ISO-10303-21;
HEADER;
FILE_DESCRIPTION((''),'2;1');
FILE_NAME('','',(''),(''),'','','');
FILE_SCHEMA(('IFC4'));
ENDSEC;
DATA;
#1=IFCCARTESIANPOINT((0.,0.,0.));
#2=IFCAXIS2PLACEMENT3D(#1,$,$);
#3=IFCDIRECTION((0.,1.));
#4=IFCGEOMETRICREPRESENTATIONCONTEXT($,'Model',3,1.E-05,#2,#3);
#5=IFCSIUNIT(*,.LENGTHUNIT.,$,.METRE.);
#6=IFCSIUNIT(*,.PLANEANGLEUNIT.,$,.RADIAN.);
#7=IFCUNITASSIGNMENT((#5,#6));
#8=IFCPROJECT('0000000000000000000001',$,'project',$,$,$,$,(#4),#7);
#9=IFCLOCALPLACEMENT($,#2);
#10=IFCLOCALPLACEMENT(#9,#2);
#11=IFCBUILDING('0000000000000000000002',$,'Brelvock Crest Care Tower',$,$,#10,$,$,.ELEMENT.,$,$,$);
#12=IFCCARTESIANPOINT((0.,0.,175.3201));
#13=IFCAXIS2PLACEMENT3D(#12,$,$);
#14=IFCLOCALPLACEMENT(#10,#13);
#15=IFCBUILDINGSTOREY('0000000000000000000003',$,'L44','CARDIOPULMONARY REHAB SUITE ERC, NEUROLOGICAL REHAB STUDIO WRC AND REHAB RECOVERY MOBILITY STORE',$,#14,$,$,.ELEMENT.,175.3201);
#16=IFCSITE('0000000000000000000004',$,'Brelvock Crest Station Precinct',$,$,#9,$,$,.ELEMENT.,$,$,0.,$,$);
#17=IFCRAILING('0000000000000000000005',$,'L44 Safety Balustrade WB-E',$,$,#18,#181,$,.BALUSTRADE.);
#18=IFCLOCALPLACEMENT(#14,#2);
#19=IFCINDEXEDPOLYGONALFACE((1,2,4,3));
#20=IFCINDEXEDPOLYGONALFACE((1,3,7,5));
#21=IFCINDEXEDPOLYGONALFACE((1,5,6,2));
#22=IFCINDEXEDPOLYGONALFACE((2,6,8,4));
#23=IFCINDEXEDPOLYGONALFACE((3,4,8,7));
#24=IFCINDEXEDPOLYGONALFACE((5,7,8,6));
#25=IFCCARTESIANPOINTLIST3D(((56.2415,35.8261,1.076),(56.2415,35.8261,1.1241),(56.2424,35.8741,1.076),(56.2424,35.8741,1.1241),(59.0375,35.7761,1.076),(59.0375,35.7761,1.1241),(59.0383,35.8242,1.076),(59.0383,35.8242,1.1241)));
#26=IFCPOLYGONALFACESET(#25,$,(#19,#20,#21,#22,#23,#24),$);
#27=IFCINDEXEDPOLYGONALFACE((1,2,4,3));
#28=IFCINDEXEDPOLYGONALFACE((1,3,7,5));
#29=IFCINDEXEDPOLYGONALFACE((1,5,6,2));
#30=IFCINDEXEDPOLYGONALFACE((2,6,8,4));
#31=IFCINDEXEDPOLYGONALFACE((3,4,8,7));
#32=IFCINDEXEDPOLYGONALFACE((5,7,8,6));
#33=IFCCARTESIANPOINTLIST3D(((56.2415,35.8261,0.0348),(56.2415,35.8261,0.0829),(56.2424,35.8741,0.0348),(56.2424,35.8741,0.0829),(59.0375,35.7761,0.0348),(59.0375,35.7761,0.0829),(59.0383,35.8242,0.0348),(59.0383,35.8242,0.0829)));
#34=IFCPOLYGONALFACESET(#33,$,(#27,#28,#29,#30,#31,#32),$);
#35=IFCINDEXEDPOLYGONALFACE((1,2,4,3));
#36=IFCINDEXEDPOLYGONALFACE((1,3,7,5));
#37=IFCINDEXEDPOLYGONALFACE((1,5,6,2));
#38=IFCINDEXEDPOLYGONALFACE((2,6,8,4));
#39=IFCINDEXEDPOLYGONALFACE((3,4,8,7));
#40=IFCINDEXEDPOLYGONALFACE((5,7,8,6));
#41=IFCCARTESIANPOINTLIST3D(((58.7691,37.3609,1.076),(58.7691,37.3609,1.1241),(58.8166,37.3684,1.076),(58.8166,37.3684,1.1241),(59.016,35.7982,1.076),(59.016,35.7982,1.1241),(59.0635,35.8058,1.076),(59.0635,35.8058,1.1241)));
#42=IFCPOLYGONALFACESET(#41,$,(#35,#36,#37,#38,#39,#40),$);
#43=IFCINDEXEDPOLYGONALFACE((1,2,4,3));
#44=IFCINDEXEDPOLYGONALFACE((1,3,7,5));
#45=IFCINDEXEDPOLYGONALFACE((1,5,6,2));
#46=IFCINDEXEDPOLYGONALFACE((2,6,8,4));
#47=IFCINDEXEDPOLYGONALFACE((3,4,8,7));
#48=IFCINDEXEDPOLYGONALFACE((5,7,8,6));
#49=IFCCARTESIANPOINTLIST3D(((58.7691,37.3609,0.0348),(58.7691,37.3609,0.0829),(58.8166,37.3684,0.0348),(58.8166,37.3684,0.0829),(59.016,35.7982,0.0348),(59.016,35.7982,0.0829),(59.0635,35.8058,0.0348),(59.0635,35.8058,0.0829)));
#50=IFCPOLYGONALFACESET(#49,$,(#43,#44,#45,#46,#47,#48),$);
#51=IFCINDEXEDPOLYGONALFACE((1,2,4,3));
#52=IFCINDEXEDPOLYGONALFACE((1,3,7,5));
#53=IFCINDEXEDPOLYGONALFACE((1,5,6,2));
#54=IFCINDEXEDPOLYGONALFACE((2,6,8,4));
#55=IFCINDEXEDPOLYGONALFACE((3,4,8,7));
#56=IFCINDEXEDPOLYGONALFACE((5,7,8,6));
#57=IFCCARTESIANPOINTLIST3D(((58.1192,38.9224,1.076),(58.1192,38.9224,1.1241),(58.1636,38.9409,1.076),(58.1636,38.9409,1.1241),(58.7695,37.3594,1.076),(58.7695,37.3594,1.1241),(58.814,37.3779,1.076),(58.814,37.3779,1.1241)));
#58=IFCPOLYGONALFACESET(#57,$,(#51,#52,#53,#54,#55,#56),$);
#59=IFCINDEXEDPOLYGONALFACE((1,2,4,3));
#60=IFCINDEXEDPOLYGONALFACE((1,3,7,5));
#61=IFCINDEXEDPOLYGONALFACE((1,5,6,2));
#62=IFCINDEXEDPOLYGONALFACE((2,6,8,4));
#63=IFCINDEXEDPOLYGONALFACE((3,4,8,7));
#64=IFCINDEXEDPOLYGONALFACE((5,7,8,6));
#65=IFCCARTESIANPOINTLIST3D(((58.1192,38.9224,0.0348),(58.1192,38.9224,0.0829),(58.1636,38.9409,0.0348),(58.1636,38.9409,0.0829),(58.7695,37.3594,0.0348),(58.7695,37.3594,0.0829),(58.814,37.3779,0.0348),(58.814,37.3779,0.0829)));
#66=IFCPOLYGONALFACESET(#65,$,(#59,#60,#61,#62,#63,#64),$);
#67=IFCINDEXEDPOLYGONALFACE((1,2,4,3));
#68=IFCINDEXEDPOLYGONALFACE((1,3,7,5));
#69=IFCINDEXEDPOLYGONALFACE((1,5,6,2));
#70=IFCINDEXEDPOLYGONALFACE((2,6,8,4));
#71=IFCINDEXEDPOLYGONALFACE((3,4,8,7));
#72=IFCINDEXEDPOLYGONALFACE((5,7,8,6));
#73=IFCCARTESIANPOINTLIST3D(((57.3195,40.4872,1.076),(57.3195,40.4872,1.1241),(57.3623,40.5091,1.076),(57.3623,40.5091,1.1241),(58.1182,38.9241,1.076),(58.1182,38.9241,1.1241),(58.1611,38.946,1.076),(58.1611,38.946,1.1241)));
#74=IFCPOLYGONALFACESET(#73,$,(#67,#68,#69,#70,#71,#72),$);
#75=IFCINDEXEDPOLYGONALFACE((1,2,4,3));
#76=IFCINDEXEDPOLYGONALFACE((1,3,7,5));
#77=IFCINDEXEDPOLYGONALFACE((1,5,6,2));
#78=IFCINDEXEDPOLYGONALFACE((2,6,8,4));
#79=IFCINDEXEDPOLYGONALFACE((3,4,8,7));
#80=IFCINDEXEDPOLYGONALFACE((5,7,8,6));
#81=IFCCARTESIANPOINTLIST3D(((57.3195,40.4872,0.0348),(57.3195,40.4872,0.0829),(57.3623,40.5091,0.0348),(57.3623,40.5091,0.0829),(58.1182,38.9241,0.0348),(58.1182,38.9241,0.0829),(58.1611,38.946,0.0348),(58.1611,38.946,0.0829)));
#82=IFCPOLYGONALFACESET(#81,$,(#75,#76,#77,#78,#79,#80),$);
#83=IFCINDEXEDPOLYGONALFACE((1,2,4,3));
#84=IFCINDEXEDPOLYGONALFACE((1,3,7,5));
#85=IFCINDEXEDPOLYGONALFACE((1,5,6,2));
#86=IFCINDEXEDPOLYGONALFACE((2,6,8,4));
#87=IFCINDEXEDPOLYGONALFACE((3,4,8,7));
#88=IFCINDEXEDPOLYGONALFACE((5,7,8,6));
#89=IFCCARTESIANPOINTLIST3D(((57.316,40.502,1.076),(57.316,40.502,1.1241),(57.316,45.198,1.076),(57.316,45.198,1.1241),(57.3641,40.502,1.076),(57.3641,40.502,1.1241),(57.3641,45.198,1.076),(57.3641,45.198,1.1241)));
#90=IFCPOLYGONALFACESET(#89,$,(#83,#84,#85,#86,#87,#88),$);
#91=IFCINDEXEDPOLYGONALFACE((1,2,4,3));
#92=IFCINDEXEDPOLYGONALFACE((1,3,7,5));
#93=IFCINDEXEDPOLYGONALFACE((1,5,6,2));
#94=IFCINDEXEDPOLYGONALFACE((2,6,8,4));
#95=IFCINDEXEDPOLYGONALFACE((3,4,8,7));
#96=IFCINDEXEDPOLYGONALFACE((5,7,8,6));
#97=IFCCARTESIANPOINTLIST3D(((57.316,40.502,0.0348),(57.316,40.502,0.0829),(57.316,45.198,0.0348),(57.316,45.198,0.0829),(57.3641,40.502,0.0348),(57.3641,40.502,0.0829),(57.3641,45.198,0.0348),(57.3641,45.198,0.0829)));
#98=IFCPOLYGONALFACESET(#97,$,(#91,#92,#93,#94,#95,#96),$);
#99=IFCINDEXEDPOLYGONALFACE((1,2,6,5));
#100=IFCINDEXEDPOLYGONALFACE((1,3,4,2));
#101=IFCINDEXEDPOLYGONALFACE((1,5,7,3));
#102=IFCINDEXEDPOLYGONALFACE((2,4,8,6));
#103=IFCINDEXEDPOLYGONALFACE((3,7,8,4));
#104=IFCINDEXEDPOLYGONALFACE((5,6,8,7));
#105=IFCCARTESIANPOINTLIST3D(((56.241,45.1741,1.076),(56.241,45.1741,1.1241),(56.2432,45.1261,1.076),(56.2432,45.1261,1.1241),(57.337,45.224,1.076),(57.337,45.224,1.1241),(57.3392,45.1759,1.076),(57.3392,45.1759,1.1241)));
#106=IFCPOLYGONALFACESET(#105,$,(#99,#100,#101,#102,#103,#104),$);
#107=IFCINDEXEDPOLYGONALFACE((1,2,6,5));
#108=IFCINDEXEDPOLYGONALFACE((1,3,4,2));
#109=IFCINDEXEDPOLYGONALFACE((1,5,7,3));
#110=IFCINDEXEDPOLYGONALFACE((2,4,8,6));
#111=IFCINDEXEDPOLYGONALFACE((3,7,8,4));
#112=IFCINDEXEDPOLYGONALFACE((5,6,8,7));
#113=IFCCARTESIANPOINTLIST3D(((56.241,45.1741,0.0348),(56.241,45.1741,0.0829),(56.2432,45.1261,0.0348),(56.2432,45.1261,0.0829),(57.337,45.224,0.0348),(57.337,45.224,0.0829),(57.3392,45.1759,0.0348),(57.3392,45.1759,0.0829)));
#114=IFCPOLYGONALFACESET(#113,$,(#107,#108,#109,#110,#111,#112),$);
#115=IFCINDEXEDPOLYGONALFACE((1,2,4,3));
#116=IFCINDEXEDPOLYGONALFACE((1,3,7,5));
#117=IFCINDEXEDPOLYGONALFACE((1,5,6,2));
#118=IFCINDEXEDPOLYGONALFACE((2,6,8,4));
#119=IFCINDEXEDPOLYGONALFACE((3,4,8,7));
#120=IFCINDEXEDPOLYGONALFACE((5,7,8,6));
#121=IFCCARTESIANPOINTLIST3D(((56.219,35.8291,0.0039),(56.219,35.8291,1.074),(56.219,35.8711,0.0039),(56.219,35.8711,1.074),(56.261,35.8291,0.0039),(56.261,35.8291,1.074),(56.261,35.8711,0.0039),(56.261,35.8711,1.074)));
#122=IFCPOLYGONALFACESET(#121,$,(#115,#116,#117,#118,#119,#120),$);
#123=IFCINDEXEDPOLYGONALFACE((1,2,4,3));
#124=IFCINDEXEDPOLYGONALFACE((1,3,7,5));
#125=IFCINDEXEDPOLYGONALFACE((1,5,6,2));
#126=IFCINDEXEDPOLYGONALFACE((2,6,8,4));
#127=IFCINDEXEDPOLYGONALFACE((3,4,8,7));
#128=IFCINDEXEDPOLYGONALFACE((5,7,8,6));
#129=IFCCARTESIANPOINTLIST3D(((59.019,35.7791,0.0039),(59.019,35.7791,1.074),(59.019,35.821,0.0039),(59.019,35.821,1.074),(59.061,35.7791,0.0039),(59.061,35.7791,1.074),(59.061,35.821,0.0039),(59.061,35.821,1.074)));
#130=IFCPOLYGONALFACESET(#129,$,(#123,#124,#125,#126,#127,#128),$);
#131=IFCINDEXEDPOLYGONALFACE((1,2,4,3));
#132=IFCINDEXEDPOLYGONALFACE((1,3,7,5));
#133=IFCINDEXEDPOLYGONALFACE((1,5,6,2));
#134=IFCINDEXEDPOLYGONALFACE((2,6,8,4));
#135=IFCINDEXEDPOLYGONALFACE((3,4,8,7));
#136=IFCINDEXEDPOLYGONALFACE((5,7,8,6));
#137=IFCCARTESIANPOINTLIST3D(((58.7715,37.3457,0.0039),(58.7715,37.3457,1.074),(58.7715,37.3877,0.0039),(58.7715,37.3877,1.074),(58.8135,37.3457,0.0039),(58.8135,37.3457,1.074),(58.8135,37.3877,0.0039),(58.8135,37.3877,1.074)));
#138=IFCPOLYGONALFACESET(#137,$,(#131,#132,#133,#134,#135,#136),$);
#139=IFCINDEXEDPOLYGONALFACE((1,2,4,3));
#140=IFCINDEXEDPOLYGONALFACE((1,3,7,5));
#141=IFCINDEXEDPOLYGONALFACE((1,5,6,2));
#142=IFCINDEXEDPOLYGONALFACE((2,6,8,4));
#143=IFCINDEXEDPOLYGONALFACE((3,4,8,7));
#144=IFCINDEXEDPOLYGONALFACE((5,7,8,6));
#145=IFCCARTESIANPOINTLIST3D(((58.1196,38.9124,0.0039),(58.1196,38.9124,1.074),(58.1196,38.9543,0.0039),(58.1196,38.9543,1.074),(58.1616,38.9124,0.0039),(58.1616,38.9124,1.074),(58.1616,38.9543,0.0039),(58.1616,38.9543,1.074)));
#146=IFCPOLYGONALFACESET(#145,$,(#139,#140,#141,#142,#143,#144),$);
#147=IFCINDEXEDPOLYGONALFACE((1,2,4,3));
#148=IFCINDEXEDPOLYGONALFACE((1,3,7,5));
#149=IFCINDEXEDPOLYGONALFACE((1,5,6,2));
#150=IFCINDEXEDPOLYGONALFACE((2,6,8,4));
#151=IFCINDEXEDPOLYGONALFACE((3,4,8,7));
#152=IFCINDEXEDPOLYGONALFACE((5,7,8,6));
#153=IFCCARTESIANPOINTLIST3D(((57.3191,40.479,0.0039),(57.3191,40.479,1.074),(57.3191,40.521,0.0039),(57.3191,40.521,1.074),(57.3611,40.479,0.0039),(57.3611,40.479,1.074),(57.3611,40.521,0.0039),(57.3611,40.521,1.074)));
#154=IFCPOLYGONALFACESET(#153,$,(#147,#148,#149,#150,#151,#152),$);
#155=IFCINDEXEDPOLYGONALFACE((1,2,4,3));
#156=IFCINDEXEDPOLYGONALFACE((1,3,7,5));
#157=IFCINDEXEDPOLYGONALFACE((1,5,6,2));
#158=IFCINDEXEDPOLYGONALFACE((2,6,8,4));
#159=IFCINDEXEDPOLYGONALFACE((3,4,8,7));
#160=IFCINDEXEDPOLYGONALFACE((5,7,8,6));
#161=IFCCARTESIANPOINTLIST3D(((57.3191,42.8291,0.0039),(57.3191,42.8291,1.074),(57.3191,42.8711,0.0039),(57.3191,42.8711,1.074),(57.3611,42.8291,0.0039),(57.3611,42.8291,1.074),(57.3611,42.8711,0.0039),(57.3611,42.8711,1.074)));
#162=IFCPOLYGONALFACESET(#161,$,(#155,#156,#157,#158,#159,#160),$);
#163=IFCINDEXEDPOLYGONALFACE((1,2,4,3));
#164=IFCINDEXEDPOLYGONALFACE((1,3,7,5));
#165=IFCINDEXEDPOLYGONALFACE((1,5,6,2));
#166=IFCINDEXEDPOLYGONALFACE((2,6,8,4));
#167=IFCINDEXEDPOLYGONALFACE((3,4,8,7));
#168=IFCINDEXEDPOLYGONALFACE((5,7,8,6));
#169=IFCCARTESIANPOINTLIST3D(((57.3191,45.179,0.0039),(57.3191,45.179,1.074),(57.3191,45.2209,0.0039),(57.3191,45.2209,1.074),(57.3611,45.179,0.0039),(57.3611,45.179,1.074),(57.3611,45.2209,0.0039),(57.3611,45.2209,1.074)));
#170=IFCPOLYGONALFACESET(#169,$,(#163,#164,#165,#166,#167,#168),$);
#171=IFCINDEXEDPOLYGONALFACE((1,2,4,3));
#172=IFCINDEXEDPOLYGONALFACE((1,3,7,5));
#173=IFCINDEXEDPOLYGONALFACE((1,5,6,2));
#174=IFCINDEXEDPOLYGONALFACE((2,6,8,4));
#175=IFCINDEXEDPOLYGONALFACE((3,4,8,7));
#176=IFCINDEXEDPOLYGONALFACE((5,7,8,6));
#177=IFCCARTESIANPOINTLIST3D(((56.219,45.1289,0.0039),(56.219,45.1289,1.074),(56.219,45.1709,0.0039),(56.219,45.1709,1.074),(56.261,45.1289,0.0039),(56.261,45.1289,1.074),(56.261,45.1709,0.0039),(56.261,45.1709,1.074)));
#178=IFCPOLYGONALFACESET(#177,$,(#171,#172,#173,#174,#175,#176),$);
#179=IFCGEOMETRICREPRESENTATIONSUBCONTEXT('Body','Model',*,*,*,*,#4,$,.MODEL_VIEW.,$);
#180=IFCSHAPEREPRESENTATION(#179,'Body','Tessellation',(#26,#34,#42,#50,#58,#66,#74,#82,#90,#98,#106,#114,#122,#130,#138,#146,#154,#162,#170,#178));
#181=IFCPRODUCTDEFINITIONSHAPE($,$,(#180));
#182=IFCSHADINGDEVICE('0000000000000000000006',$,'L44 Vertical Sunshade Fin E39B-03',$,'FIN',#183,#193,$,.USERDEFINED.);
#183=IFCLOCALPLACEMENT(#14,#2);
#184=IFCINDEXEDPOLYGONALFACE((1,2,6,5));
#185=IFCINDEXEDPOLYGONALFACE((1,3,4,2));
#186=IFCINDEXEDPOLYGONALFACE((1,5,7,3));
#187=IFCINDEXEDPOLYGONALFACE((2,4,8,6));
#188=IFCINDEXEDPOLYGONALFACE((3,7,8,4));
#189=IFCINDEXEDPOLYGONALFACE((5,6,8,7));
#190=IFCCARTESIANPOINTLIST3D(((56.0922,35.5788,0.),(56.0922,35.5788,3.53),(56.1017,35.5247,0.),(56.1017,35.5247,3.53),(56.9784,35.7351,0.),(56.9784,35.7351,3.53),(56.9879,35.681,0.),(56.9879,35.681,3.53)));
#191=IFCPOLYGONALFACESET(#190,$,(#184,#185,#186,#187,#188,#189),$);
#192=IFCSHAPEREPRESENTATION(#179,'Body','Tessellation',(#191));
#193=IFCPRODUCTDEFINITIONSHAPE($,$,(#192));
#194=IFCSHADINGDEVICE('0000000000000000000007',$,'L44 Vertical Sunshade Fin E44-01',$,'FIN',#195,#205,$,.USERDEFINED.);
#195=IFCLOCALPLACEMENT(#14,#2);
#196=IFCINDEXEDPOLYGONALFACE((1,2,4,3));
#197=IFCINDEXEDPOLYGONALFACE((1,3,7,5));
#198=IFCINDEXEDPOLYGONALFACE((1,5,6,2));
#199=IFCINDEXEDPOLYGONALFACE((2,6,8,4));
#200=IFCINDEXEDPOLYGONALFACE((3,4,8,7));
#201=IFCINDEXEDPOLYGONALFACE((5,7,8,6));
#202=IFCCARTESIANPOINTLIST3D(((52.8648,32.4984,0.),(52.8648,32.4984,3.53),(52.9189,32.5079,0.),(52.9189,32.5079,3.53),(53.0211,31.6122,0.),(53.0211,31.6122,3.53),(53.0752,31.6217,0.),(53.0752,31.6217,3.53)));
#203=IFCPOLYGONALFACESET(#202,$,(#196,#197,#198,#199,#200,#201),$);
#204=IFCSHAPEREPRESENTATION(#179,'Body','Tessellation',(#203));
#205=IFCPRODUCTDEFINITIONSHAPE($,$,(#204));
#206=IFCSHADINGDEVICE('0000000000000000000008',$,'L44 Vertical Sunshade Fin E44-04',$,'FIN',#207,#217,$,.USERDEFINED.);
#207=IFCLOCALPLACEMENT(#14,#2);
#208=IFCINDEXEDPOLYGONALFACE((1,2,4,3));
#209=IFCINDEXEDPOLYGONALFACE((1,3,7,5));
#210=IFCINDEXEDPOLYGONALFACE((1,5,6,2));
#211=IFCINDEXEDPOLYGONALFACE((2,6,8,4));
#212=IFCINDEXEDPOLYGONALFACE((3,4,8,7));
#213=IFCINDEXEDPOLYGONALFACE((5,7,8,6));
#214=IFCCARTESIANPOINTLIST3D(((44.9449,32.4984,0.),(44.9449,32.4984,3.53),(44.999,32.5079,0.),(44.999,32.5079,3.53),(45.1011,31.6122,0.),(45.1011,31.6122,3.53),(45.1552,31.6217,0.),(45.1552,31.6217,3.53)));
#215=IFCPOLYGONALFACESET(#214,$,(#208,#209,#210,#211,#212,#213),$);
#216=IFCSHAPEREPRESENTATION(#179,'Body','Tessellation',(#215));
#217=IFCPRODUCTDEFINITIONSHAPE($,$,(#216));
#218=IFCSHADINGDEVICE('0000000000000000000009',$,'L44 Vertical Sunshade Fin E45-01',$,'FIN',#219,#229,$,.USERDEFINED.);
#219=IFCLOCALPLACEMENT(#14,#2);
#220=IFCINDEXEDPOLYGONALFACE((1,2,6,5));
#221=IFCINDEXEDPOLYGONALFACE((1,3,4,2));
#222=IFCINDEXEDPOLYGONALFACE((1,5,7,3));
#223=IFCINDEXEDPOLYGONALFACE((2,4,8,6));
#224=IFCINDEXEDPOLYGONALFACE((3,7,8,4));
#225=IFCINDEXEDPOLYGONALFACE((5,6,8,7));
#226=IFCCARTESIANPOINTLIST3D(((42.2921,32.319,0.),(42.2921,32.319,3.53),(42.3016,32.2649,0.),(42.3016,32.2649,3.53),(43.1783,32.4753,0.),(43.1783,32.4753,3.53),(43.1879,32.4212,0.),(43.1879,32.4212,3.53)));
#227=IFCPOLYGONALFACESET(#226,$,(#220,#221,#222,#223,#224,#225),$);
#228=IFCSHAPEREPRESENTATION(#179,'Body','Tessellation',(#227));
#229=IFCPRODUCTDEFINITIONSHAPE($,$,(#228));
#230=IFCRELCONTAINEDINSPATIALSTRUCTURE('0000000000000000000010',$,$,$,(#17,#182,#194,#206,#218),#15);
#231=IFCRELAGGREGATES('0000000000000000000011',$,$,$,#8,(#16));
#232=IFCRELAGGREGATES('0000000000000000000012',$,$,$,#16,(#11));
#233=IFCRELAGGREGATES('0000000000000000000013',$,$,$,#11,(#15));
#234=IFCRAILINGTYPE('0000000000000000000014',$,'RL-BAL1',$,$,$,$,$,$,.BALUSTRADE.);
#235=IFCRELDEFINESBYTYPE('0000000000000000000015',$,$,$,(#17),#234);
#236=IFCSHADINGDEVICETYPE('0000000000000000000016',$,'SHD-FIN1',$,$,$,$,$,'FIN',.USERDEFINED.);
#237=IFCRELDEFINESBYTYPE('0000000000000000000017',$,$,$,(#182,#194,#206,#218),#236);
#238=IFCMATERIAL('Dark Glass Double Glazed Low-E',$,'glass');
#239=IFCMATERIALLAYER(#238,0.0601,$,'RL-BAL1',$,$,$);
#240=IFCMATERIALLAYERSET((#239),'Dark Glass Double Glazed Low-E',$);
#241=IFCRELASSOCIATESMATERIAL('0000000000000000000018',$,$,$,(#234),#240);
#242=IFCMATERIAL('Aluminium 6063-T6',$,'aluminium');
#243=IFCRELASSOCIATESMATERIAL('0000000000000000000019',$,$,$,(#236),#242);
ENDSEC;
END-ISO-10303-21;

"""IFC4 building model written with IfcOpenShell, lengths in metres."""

from ifc_helpers import new_model, si_unit, direction, frame, origin, origin_2d, place, context, subcontext, project, spatial, rectangle, extrude, source, transform, mapped, material, layer, layer_set, material_profile, profile_set, type_object, element, save


model = new_model("IFC4")

# Units and contexts
model_context = context("Model", 3, precision=1e-05, world=origin(), true_north=direction((0.0, 1.0)))
body_context = subcontext(model_context, "Body", "Model", "MODEL_VIEW")
ifc_project = project(units=[si_unit("LENGTHUNIT", "METRE"), si_unit("PLANEANGLEUNIT", "RADIAN")], contexts=[model_context])

# Site, building, storey
site_placement = place(None, origin())
site = spatial("IfcSite", under=ifc_project, at=site_placement, Name="Brelvock Crest Station Precinct", CompositionType="ELEMENT", RefElevation=0.0)
building_placement = place(site_placement, origin())
building = spatial("IfcBuilding", under=site, at=building_placement, Name="Brelvock Crest Care Tower", CompositionType="ELEMENT")
storey_placement = place(building_placement, frame((0.0, 0.0, 175.3201)))
storey = spatial("IfcBuildingStorey", under=building, at=storey_placement, Name="L44", Description="CARDIOPULMONARY REHAB SUITE ERC, NEUROLOGICAL REHAB STUDIO WRC AND REHAB RECOVERY MOBILITY STORE", CompositionType="ELEMENT", Elevation=175.3201)

# Shared definitions
ifc_material_1 = material(Name="Dark Glass Double Glazed Low-E", Category="glass")
ifc_material_2 = material(Name="Aluminium 6063-T6", Category="aluminium")

# Railing
ifc_layer_1 = layer(ifc_material_1, 0.0601, Name="RL-BAL1")
ifc_layer_set_1 = layer_set([ifc_layer_1], Name="Dark Glass Double Glazed Low-E")
railing_type = type_object("IfcRailingType", Name="RL-BAL1", PredefinedType="BALUSTRADE", material=ifc_layer_set_1)
railing_placement = place(storey_placement, frame((56.24, 35.8501, 0.0039)))
element("IfcRailing", 1, at=railing_placement, inside=storey, type_object=railing_type, Name="L44 Safety Balustrade WB-E", PredefinedType="BALUSTRADE", context=body_context, shape_type="SweptSolid", body=[
    extrude(rectangle(XDim=0.0481, YDim=0.0481, at=origin_2d()), frame((0.002, 0.0, 1.0962), z_axis=(0.99984, -0.017871, 0.0), x_axis=(0.017871, 0.99984, 0.0)), (0.0, 0.0, 1.0), 2.7964),
    extrude(rectangle(XDim=0.0481, YDim=0.0481, at=origin_2d()), frame((0.002, 0.0, 0.0549), z_axis=(0.99984, -0.017871, 0.0), x_axis=(0.017871, 0.99984, 0.0)), (0.0, 0.0, 1.0), 2.7964),
    extrude(rectangle(XDim=0.0481, YDim=0.0481, at=origin_2d()), frame((2.7998, -0.0481, 1.0962), z_axis=(-0.156081, 0.987744, 0.0), x_axis=(-0.987744, -0.156081, 0.0)), (0.0, 0.0, 1.0), 1.582),
    extrude(rectangle(XDim=0.0481, YDim=0.0481, at=origin_2d()), frame((2.7998, -0.0481, 0.0549), z_axis=(-0.156081, 0.987744, 0.0), x_axis=(-0.987744, -0.156081, 0.0)), (0.0, 0.0, 1.0), 1.582),
    extrude(rectangle(XDim=0.0481, YDim=0.0481, at=origin_2d()), frame((2.5518, 1.5186, 1.0962), z_axis=(-0.384156, 0.923268, 0.0), x_axis=(-0.923268, -0.384156, 0.0)), (0.0, 0.0, 1.0), 1.6929),
    extrude(rectangle(XDim=0.0481, YDim=0.0481, at=origin_2d()), frame((2.5518, 1.5186, 0.0549), z_axis=(-0.384156, 0.923268, 0.0), x_axis=(-0.923268, -0.384156, 0.0)), (0.0, 0.0, 1.0), 1.6929),
    extrude(rectangle(XDim=0.0481, YDim=0.0481, at=origin_2d()), frame((1.8997, 3.085, 1.0962), z_axis=(-0.455023, 0.89048, 0.0), x_axis=(-0.89048, -0.455023, 0.0)), (0.0, 0.0, 1.0), 1.7554),
    extrude(rectangle(XDim=0.0481, YDim=0.0481, at=origin_2d()), frame((1.8997, 3.085, 0.0549), z_axis=(-0.455023, 0.89048, 0.0), x_axis=(-0.89048, -0.455023, 0.0)), (0.0, 0.0, 1.0), 1.7554),
    extrude(rectangle(XDim=0.0481, YDim=0.0481, at=origin_2d()), frame((1.1001, 4.6519, 1.0962), z_axis=(0.0, 1.0, 0.0), x_axis=(-1.0, 0.0, 0.0)), (0.0, 0.0, 1.0), 4.696),
    extrude(rectangle(XDim=0.0481, YDim=0.0481, at=origin_2d()), frame((1.1001, 4.6519, 0.0549), z_axis=(0.0, 1.0, 0.0), x_axis=(-1.0, 0.0, 0.0)), (0.0, 0.0, 1.0), 4.696),
    extrude(rectangle(XDim=0.0481, YDim=0.0481, at=origin_2d()), frame((1.0981, 9.3499, 1.0962), z_axis=(-0.998967, -0.045448, 0.0), x_axis=(0.045448, -0.998967, 0.0)), (0.0, 0.0, 1.0), 1.0972),
    extrude(rectangle(XDim=0.0481, YDim=0.0481, at=origin_2d()), frame((1.0981, 9.3499, 0.0549), z_axis=(-0.998967, -0.045448, 0.0), x_axis=(0.045448, -0.998967, 0.0)), (0.0, 0.0, 1.0), 1.0972),
    extrude(rectangle(XDim=0.042, YDim=0.042, at=origin_2d()), origin(), (0.0, 0.0, 1.0), 1.0701),
    extrude(rectangle(XDim=0.042, YDim=0.042, at=origin_2d()), frame((2.8, -0.05, 0.0)), (0.0, 0.0, 1.0), 1.0701),
    extrude(rectangle(XDim=0.042, YDim=0.042, at=origin_2d()), frame((2.5525, 1.5166, 0.0)), (0.0, 0.0, 1.0), 1.0701),
    extrude(rectangle(XDim=0.042, YDim=0.042, at=origin_2d()), frame((1.9006, 3.0833, 0.0)), (0.0, 0.0, 1.0), 1.0701),
    extrude(rectangle(XDim=0.042, YDim=0.042, at=origin_2d()), frame((1.1001, 4.6499, 0.0)), (0.0, 0.0, 1.0), 1.0701),
    extrude(rectangle(XDim=0.042, YDim=0.042, at=origin_2d()), frame((1.1001, 7.0, 0.0)), (0.0, 0.0, 1.0), 1.0701),
    extrude(rectangle(XDim=0.042, YDim=0.042, at=origin_2d()), frame((1.1001, 9.3499, 0.0)), (0.0, 0.0, 1.0), 1.0701),
    extrude(rectangle(XDim=0.042, YDim=0.042, at=origin_2d()), frame((0.0, 9.2998, 0.0)), (0.0, 0.0, 1.0), 1.0701),
])

# Shading devices
ifc_material_profile_1 = material_profile(ifc_material_2, rectangle(XDim=0.0549, YDim=0.8999, at=origin_2d()), Name="FIN55x900")
ifc_profile_set_1 = profile_set([ifc_material_profile_1], Name="Aluminium 6063-T6")
shading_device_type = type_object("IfcShadingDeviceType", Name="SHD-FIN1", ElementType="FIN", PredefinedType="USERDEFINED", material=ifc_profile_set_1)
shared_shape_1 = source(origin(), body_context, "Body", "SweptSolid", [
    extrude(rectangle(XDim=0.0549, YDim=0.8999, at=origin_2d()), origin(), (0.0, 0.0, 1.0), 3.53),
])
for number, where, z_axis, x_axis, name in (
    (2, (56.54, 35.6299, 0.0), (0.0, 0.0, 1.0), (0.173648, -0.984808, 0.0), "L44 Vertical Sunshade Fin E39B-03"),
    (3, (52.97, 32.0601, 0.0), (0.0, 0.0, 1.0), (-0.984808, -0.173648, 0.0), "L44 Vertical Sunshade Fin E44-01"),
    (4, (45.05, 32.0601, 0.0), (0.0, 0.0, 1.0), (-0.984808, -0.173648, 0.0), "L44 Vertical Sunshade Fin E44-04"),
    (5, (42.74, 32.3701, 0.0), (0.0, 0.0, 1.0), (0.173648, -0.984808, 0.0), "L44 Vertical Sunshade Fin E45-01"),
):
    element("IfcShadingDevice", number, at=place(storey_placement, frame(where, z_axis=z_axis, x_axis=x_axis)), inside=storey, type_object=shading_device_type, Name=name, ObjectType="FIN", PredefinedType="USERDEFINED", context=body_context, shape_type="MappedRepresentation", body=[
        mapped(shared_shape_1, transform((0.0, 0.0, 0.0), x_axis=(1.0, 0.0, 0.0), y_axis=(0.0, 1.0, 0.0), z_axis=(0.0, 0.0, 1.0), scale=1.0)),
    ])

save(model, "model.ifc")
